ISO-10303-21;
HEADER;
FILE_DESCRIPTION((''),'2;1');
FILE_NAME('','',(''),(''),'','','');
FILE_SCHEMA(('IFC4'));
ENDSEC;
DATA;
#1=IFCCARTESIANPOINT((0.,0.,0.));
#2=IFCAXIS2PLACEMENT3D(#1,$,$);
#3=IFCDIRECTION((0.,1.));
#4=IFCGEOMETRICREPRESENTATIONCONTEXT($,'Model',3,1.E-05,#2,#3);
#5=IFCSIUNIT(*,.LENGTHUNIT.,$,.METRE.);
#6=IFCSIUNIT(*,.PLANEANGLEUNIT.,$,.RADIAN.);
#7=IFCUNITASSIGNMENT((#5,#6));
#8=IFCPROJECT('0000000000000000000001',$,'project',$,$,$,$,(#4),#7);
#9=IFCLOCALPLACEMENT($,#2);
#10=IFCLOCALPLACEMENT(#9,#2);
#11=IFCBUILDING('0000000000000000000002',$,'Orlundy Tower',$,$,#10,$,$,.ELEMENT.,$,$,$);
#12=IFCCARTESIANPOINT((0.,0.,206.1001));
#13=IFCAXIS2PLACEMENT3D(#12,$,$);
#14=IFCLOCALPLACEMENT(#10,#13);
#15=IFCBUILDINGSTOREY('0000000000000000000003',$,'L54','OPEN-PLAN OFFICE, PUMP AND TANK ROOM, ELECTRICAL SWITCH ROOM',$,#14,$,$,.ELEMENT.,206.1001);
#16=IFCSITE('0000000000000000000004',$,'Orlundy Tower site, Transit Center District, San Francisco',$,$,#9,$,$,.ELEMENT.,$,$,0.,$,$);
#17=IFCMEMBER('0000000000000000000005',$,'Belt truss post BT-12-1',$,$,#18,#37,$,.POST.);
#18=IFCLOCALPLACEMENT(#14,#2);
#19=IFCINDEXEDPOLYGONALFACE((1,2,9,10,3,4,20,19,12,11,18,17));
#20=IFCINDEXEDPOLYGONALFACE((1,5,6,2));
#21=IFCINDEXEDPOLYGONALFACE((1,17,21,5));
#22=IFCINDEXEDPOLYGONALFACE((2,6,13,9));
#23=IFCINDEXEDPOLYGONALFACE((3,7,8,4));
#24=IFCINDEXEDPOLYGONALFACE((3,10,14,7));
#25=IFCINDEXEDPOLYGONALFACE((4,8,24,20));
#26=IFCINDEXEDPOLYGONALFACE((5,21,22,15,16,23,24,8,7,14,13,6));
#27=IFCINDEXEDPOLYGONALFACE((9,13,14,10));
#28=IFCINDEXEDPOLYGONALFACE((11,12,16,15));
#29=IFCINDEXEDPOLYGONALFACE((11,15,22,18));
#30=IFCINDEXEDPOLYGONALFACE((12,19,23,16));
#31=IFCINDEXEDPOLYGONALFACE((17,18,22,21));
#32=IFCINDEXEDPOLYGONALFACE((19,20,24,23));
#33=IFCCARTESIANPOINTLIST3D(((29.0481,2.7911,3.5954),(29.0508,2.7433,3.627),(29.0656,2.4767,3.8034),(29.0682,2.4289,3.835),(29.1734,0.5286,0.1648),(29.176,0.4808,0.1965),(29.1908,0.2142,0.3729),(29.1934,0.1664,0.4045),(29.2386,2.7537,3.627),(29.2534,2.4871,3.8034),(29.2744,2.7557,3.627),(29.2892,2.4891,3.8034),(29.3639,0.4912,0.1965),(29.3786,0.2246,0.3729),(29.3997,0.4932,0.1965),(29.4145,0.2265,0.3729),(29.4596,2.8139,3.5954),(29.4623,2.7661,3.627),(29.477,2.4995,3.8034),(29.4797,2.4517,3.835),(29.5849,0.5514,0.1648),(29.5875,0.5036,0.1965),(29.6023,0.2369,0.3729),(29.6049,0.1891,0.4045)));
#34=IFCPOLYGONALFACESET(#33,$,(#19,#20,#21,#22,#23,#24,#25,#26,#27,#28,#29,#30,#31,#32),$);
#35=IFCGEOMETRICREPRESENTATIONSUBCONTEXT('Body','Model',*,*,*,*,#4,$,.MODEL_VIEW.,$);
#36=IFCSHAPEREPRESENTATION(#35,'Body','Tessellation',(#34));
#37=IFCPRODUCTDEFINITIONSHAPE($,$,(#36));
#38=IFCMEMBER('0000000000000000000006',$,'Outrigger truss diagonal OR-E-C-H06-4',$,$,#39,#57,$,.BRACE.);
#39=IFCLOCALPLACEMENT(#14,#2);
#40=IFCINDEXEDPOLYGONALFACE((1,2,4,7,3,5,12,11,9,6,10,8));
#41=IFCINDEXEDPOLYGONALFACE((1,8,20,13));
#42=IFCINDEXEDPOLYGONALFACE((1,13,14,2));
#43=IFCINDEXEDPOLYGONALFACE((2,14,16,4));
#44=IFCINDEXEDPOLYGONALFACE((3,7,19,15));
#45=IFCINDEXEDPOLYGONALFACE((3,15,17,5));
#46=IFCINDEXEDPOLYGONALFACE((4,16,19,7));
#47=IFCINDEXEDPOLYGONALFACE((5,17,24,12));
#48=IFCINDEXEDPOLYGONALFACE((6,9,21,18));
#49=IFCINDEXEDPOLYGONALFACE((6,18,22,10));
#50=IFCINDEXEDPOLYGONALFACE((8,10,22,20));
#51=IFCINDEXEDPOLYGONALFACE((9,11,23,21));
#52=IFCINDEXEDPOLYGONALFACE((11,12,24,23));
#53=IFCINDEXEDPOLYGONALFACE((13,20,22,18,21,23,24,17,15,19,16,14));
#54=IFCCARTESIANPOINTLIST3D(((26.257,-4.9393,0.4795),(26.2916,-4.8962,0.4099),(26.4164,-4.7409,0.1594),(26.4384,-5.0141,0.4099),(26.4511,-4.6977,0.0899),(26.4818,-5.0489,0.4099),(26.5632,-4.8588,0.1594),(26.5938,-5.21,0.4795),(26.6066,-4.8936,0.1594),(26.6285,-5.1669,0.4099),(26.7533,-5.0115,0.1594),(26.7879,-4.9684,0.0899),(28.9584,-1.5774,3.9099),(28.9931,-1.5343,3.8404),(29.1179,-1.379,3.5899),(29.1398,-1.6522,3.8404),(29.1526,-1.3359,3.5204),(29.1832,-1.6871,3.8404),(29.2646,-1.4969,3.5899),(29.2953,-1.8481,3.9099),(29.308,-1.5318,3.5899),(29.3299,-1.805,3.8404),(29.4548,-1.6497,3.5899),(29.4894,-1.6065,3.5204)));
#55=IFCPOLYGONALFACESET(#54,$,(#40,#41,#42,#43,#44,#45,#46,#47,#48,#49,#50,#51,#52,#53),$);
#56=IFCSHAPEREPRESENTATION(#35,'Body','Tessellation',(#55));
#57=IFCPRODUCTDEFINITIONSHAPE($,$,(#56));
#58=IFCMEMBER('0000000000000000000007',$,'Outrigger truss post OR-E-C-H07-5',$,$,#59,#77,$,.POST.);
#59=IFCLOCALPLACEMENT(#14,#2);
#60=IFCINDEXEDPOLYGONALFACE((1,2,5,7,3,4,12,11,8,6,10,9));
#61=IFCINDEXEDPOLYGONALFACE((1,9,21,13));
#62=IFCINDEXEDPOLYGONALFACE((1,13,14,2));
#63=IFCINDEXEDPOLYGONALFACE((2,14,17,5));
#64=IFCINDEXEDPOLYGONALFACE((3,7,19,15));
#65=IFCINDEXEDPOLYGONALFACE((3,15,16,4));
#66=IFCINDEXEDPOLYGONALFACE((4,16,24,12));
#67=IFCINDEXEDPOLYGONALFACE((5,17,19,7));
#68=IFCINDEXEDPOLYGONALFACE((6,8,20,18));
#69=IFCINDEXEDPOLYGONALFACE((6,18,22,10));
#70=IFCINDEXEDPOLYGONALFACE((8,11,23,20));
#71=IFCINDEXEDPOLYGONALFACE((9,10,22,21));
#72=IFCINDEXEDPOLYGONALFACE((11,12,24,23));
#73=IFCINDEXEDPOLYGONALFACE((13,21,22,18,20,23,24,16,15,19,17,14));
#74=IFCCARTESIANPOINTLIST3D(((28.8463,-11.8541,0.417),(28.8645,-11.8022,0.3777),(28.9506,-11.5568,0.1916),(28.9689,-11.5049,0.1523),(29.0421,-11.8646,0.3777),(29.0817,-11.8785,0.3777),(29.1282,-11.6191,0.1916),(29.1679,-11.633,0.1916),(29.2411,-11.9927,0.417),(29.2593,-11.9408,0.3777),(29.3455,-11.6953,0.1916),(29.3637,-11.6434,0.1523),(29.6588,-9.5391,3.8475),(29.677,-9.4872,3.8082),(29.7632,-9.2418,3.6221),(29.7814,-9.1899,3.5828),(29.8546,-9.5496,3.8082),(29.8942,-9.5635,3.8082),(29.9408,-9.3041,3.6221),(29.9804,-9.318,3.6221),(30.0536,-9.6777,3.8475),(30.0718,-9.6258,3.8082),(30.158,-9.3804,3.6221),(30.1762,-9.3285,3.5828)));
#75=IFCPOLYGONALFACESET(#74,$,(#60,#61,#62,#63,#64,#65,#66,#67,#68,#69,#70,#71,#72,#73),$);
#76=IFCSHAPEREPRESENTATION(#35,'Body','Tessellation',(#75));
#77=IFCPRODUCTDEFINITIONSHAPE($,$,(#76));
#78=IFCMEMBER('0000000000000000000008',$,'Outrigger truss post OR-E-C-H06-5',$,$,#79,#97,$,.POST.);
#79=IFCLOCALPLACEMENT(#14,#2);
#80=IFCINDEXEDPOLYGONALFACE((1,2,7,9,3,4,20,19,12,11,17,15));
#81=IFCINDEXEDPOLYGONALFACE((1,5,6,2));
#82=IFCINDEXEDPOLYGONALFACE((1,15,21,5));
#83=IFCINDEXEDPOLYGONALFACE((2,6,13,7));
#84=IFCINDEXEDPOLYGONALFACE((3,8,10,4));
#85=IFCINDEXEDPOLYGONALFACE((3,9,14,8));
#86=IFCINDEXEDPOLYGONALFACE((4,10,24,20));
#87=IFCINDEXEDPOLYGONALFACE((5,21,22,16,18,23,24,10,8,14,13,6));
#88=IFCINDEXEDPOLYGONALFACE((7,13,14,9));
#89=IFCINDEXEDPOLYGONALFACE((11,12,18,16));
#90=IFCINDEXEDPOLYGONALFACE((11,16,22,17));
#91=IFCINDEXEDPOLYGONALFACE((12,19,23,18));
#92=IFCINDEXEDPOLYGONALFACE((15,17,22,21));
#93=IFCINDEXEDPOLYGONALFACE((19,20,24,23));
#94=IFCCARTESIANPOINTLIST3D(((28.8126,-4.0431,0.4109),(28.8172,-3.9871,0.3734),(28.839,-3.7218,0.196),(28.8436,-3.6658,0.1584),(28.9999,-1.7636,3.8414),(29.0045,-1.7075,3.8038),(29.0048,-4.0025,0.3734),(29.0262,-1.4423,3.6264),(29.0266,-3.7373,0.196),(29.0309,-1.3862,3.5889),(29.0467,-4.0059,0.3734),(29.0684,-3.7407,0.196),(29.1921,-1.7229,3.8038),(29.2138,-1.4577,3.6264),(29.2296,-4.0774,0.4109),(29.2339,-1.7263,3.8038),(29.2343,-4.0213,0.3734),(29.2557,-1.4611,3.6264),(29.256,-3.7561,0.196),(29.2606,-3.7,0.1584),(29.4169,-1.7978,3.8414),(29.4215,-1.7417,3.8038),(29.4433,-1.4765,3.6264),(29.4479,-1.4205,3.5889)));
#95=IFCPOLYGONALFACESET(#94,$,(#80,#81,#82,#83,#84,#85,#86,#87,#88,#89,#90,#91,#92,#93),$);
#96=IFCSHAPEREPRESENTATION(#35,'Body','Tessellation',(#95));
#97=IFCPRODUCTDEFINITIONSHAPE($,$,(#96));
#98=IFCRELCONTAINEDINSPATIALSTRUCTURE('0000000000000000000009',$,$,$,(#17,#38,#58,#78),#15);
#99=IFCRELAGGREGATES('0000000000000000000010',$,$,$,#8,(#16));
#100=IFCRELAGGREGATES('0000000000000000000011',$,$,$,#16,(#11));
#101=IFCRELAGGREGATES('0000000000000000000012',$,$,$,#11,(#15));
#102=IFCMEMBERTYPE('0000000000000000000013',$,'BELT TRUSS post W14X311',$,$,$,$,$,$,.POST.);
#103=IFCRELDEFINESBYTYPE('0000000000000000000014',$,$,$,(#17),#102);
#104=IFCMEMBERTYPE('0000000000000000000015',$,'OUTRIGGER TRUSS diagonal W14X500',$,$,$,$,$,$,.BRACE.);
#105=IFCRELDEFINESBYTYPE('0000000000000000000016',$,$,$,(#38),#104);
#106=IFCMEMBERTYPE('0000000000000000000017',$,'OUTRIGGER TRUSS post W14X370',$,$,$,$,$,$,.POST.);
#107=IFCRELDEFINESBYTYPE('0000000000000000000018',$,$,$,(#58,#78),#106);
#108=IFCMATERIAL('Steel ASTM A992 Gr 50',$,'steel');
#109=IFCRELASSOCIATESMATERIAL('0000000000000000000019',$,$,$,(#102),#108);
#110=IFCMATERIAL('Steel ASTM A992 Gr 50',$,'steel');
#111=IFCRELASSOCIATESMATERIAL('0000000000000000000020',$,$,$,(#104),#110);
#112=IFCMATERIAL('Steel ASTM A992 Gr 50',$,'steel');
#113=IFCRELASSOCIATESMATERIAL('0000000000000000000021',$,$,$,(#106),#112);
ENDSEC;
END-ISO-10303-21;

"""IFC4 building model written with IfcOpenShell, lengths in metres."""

from ifc_helpers import new_model, si_unit, direction, frame, origin, origin_2d, place, context, subcontext, project, spatial, i_section, extrude, material, material_profile, profile_set, type_object, element, save


model = new_model("IFC4")

# Units and contexts
model_context = context("Model", 3, precision=1e-05, world=origin(), true_north=direction((0.0, 1.0)))
body_context = subcontext(model_context, "Body", "Model", "MODEL_VIEW")
ifc_project = project(units=[si_unit("LENGTHUNIT", "METRE"), si_unit("PLANEANGLEUNIT", "RADIAN")], contexts=[model_context])

# Site, building, storey
site_placement = place(None, origin())
site = spatial("IfcSite", under=ifc_project, at=site_placement, Name="Orlundy Tower site, Transit Center District, San Francisco", CompositionType="ELEMENT", RefElevation=0.0)
building_placement = place(site_placement, origin())
building = spatial("IfcBuilding", under=site, at=building_placement, Name="Orlundy Tower", CompositionType="ELEMENT")
storey_placement = place(building_placement, frame((0.0, 0.0, 206.1001)))
storey = spatial("IfcBuildingStorey", under=building, at=storey_placement, Name="L54", Description="OPEN-PLAN OFFICE, PUMP AND TANK ROOM, ELECTRICAL SWITCH ROOM", CompositionType="ELEMENT", Elevation=206.1001)

# Members
ifc_material_1 = material(Name="Steel ASTM A992 Gr 50", Category="steel")
ifc_material_profile_1 = material_profile(ifc_material_1, i_section(OverallWidth=0.4121, OverallDepth=0.4348, WebThickness=0.0359, FlangeThickness=0.0574, at=origin_2d()), Name="W14X311")
ifc_profile_set_1 = profile_set([ifc_material_profile_1], Name="Steel ASTM A992 Gr 50")
member_type_1 = type_object("IfcMemberType", Name="BELT TRUSS post W14X311", PredefinedType="POST", material=ifc_profile_set_1)
member_1_placement = place(storey_placement, frame((29.3892, 0.3589, 0.2847), z_axis=(-0.030464, 0.550311, 0.834404), x_axis=(-0.998471, -0.055273, 0.0)))
element("IfcMember", 1, at=member_1_placement, inside=storey, type_object=member_type_1, Name="Belt truss post BT-12-1", PredefinedType="POST", context=body_context, shape_type="SweptSolid", body=[
    extrude(i_section(OverallWidth=0.4121, OverallDepth=0.4348, WebThickness=0.0359, FlangeThickness=0.0574, at=origin_2d()), origin(), (0.0, 0.0, 1.0), 4.1113),
])
ifc_material_2 = material(Name="Steel ASTM A992 Gr 50", Category="steel")
ifc_material_profile_2 = material_profile(ifc_material_2, i_section(OverallWidth=0.4321, OverallDepth=0.4978, WebThickness=0.0557, FlangeThickness=0.0889, at=origin_2d()), Name="W14X500")
ifc_profile_set_2 = profile_set([ifc_material_profile_2], Name="Steel ASTM A992 Gr 50")
member_type_2 = type_object("IfcMemberType", Name="OUTRIGGER TRUSS diagonal W14X500", PredefinedType="BRACE", material=ifc_profile_set_2)
member_2_placement = place(storey_placement, frame((26.5225, -4.9539, 0.2847), z_axis=(0.490218, 0.610058, 0.622508), x_axis=(-0.779514, 0.626385, 0.0)))
element("IfcMember", 2, at=member_2_placement, inside=storey, type_object=member_type_2, Name="Outrigger truss diagonal OR-E-C-H06-4", PredefinedType="BRACE", context=body_context, shape_type="SweptSolid", body=[
    extrude(i_section(OverallWidth=0.4321, OverallDepth=0.4978, WebThickness=0.0557, FlangeThickness=0.0889, at=origin_2d()), origin(), (0.0, 0.0, 1.0), 5.5107),
])
ifc_material_3 = material(Name="Steel ASTM A992 Gr 50", Category="steel")
ifc_material_profile_3 = material_profile(ifc_material_3, i_section(OverallWidth=0.4185, OverallDepth=0.4551, WebThickness=0.042, FlangeThickness=0.0676, at=origin_2d()), Name="W14X370")
ifc_profile_set_3 = profile_set([ifc_material_profile_3], Name="Steel ASTM A992 Gr 50")
member_type_3 = type_object("IfcMemberType", Name="OUTRIGGER TRUSS post W14X370", PredefinedType="POST", material=ifc_profile_set_3)
member_3_placement = place(storey_placement, frame((29.105, -11.7488, 0.2847), z_axis=(0.192652, 0.548896, 0.813387), x_axis=(-0.943569, 0.331175, 0.0)))
element("IfcMember", 3, at=member_3_placement, inside=storey, type_object=member_type_3, Name="Outrigger truss post OR-E-C-H07-5", PredefinedType="POST", context=body_context, shape_type="SweptSolid", body=[
    extrude(i_section(OverallWidth=0.4185, OverallDepth=0.4551, WebThickness=0.042, FlangeThickness=0.0676, at=origin_2d()), origin(), (0.0, 0.0, 1.0), 4.2175),
])
member_4_placement = place(storey_placement, frame((29.0366, -3.8716, 0.2847), z_axis=(0.045417, 0.552884, 0.83202), x_axis=(-0.996643, 0.081871, 0.0)))
element("IfcMember", 4, at=member_4_placement, inside=storey, type_object=member_type_3, Name="Outrigger truss post OR-E-C-H06-5", PredefinedType="POST", context=body_context, shape_type="SweptSolid", body=[
    extrude(i_section(OverallWidth=0.4185, OverallDepth=0.4551, WebThickness=0.042, FlangeThickness=0.0676, at=origin_2d()), origin(), (0.0, 0.0, 1.0), 4.123),
])

save(model, "model.ifc")
